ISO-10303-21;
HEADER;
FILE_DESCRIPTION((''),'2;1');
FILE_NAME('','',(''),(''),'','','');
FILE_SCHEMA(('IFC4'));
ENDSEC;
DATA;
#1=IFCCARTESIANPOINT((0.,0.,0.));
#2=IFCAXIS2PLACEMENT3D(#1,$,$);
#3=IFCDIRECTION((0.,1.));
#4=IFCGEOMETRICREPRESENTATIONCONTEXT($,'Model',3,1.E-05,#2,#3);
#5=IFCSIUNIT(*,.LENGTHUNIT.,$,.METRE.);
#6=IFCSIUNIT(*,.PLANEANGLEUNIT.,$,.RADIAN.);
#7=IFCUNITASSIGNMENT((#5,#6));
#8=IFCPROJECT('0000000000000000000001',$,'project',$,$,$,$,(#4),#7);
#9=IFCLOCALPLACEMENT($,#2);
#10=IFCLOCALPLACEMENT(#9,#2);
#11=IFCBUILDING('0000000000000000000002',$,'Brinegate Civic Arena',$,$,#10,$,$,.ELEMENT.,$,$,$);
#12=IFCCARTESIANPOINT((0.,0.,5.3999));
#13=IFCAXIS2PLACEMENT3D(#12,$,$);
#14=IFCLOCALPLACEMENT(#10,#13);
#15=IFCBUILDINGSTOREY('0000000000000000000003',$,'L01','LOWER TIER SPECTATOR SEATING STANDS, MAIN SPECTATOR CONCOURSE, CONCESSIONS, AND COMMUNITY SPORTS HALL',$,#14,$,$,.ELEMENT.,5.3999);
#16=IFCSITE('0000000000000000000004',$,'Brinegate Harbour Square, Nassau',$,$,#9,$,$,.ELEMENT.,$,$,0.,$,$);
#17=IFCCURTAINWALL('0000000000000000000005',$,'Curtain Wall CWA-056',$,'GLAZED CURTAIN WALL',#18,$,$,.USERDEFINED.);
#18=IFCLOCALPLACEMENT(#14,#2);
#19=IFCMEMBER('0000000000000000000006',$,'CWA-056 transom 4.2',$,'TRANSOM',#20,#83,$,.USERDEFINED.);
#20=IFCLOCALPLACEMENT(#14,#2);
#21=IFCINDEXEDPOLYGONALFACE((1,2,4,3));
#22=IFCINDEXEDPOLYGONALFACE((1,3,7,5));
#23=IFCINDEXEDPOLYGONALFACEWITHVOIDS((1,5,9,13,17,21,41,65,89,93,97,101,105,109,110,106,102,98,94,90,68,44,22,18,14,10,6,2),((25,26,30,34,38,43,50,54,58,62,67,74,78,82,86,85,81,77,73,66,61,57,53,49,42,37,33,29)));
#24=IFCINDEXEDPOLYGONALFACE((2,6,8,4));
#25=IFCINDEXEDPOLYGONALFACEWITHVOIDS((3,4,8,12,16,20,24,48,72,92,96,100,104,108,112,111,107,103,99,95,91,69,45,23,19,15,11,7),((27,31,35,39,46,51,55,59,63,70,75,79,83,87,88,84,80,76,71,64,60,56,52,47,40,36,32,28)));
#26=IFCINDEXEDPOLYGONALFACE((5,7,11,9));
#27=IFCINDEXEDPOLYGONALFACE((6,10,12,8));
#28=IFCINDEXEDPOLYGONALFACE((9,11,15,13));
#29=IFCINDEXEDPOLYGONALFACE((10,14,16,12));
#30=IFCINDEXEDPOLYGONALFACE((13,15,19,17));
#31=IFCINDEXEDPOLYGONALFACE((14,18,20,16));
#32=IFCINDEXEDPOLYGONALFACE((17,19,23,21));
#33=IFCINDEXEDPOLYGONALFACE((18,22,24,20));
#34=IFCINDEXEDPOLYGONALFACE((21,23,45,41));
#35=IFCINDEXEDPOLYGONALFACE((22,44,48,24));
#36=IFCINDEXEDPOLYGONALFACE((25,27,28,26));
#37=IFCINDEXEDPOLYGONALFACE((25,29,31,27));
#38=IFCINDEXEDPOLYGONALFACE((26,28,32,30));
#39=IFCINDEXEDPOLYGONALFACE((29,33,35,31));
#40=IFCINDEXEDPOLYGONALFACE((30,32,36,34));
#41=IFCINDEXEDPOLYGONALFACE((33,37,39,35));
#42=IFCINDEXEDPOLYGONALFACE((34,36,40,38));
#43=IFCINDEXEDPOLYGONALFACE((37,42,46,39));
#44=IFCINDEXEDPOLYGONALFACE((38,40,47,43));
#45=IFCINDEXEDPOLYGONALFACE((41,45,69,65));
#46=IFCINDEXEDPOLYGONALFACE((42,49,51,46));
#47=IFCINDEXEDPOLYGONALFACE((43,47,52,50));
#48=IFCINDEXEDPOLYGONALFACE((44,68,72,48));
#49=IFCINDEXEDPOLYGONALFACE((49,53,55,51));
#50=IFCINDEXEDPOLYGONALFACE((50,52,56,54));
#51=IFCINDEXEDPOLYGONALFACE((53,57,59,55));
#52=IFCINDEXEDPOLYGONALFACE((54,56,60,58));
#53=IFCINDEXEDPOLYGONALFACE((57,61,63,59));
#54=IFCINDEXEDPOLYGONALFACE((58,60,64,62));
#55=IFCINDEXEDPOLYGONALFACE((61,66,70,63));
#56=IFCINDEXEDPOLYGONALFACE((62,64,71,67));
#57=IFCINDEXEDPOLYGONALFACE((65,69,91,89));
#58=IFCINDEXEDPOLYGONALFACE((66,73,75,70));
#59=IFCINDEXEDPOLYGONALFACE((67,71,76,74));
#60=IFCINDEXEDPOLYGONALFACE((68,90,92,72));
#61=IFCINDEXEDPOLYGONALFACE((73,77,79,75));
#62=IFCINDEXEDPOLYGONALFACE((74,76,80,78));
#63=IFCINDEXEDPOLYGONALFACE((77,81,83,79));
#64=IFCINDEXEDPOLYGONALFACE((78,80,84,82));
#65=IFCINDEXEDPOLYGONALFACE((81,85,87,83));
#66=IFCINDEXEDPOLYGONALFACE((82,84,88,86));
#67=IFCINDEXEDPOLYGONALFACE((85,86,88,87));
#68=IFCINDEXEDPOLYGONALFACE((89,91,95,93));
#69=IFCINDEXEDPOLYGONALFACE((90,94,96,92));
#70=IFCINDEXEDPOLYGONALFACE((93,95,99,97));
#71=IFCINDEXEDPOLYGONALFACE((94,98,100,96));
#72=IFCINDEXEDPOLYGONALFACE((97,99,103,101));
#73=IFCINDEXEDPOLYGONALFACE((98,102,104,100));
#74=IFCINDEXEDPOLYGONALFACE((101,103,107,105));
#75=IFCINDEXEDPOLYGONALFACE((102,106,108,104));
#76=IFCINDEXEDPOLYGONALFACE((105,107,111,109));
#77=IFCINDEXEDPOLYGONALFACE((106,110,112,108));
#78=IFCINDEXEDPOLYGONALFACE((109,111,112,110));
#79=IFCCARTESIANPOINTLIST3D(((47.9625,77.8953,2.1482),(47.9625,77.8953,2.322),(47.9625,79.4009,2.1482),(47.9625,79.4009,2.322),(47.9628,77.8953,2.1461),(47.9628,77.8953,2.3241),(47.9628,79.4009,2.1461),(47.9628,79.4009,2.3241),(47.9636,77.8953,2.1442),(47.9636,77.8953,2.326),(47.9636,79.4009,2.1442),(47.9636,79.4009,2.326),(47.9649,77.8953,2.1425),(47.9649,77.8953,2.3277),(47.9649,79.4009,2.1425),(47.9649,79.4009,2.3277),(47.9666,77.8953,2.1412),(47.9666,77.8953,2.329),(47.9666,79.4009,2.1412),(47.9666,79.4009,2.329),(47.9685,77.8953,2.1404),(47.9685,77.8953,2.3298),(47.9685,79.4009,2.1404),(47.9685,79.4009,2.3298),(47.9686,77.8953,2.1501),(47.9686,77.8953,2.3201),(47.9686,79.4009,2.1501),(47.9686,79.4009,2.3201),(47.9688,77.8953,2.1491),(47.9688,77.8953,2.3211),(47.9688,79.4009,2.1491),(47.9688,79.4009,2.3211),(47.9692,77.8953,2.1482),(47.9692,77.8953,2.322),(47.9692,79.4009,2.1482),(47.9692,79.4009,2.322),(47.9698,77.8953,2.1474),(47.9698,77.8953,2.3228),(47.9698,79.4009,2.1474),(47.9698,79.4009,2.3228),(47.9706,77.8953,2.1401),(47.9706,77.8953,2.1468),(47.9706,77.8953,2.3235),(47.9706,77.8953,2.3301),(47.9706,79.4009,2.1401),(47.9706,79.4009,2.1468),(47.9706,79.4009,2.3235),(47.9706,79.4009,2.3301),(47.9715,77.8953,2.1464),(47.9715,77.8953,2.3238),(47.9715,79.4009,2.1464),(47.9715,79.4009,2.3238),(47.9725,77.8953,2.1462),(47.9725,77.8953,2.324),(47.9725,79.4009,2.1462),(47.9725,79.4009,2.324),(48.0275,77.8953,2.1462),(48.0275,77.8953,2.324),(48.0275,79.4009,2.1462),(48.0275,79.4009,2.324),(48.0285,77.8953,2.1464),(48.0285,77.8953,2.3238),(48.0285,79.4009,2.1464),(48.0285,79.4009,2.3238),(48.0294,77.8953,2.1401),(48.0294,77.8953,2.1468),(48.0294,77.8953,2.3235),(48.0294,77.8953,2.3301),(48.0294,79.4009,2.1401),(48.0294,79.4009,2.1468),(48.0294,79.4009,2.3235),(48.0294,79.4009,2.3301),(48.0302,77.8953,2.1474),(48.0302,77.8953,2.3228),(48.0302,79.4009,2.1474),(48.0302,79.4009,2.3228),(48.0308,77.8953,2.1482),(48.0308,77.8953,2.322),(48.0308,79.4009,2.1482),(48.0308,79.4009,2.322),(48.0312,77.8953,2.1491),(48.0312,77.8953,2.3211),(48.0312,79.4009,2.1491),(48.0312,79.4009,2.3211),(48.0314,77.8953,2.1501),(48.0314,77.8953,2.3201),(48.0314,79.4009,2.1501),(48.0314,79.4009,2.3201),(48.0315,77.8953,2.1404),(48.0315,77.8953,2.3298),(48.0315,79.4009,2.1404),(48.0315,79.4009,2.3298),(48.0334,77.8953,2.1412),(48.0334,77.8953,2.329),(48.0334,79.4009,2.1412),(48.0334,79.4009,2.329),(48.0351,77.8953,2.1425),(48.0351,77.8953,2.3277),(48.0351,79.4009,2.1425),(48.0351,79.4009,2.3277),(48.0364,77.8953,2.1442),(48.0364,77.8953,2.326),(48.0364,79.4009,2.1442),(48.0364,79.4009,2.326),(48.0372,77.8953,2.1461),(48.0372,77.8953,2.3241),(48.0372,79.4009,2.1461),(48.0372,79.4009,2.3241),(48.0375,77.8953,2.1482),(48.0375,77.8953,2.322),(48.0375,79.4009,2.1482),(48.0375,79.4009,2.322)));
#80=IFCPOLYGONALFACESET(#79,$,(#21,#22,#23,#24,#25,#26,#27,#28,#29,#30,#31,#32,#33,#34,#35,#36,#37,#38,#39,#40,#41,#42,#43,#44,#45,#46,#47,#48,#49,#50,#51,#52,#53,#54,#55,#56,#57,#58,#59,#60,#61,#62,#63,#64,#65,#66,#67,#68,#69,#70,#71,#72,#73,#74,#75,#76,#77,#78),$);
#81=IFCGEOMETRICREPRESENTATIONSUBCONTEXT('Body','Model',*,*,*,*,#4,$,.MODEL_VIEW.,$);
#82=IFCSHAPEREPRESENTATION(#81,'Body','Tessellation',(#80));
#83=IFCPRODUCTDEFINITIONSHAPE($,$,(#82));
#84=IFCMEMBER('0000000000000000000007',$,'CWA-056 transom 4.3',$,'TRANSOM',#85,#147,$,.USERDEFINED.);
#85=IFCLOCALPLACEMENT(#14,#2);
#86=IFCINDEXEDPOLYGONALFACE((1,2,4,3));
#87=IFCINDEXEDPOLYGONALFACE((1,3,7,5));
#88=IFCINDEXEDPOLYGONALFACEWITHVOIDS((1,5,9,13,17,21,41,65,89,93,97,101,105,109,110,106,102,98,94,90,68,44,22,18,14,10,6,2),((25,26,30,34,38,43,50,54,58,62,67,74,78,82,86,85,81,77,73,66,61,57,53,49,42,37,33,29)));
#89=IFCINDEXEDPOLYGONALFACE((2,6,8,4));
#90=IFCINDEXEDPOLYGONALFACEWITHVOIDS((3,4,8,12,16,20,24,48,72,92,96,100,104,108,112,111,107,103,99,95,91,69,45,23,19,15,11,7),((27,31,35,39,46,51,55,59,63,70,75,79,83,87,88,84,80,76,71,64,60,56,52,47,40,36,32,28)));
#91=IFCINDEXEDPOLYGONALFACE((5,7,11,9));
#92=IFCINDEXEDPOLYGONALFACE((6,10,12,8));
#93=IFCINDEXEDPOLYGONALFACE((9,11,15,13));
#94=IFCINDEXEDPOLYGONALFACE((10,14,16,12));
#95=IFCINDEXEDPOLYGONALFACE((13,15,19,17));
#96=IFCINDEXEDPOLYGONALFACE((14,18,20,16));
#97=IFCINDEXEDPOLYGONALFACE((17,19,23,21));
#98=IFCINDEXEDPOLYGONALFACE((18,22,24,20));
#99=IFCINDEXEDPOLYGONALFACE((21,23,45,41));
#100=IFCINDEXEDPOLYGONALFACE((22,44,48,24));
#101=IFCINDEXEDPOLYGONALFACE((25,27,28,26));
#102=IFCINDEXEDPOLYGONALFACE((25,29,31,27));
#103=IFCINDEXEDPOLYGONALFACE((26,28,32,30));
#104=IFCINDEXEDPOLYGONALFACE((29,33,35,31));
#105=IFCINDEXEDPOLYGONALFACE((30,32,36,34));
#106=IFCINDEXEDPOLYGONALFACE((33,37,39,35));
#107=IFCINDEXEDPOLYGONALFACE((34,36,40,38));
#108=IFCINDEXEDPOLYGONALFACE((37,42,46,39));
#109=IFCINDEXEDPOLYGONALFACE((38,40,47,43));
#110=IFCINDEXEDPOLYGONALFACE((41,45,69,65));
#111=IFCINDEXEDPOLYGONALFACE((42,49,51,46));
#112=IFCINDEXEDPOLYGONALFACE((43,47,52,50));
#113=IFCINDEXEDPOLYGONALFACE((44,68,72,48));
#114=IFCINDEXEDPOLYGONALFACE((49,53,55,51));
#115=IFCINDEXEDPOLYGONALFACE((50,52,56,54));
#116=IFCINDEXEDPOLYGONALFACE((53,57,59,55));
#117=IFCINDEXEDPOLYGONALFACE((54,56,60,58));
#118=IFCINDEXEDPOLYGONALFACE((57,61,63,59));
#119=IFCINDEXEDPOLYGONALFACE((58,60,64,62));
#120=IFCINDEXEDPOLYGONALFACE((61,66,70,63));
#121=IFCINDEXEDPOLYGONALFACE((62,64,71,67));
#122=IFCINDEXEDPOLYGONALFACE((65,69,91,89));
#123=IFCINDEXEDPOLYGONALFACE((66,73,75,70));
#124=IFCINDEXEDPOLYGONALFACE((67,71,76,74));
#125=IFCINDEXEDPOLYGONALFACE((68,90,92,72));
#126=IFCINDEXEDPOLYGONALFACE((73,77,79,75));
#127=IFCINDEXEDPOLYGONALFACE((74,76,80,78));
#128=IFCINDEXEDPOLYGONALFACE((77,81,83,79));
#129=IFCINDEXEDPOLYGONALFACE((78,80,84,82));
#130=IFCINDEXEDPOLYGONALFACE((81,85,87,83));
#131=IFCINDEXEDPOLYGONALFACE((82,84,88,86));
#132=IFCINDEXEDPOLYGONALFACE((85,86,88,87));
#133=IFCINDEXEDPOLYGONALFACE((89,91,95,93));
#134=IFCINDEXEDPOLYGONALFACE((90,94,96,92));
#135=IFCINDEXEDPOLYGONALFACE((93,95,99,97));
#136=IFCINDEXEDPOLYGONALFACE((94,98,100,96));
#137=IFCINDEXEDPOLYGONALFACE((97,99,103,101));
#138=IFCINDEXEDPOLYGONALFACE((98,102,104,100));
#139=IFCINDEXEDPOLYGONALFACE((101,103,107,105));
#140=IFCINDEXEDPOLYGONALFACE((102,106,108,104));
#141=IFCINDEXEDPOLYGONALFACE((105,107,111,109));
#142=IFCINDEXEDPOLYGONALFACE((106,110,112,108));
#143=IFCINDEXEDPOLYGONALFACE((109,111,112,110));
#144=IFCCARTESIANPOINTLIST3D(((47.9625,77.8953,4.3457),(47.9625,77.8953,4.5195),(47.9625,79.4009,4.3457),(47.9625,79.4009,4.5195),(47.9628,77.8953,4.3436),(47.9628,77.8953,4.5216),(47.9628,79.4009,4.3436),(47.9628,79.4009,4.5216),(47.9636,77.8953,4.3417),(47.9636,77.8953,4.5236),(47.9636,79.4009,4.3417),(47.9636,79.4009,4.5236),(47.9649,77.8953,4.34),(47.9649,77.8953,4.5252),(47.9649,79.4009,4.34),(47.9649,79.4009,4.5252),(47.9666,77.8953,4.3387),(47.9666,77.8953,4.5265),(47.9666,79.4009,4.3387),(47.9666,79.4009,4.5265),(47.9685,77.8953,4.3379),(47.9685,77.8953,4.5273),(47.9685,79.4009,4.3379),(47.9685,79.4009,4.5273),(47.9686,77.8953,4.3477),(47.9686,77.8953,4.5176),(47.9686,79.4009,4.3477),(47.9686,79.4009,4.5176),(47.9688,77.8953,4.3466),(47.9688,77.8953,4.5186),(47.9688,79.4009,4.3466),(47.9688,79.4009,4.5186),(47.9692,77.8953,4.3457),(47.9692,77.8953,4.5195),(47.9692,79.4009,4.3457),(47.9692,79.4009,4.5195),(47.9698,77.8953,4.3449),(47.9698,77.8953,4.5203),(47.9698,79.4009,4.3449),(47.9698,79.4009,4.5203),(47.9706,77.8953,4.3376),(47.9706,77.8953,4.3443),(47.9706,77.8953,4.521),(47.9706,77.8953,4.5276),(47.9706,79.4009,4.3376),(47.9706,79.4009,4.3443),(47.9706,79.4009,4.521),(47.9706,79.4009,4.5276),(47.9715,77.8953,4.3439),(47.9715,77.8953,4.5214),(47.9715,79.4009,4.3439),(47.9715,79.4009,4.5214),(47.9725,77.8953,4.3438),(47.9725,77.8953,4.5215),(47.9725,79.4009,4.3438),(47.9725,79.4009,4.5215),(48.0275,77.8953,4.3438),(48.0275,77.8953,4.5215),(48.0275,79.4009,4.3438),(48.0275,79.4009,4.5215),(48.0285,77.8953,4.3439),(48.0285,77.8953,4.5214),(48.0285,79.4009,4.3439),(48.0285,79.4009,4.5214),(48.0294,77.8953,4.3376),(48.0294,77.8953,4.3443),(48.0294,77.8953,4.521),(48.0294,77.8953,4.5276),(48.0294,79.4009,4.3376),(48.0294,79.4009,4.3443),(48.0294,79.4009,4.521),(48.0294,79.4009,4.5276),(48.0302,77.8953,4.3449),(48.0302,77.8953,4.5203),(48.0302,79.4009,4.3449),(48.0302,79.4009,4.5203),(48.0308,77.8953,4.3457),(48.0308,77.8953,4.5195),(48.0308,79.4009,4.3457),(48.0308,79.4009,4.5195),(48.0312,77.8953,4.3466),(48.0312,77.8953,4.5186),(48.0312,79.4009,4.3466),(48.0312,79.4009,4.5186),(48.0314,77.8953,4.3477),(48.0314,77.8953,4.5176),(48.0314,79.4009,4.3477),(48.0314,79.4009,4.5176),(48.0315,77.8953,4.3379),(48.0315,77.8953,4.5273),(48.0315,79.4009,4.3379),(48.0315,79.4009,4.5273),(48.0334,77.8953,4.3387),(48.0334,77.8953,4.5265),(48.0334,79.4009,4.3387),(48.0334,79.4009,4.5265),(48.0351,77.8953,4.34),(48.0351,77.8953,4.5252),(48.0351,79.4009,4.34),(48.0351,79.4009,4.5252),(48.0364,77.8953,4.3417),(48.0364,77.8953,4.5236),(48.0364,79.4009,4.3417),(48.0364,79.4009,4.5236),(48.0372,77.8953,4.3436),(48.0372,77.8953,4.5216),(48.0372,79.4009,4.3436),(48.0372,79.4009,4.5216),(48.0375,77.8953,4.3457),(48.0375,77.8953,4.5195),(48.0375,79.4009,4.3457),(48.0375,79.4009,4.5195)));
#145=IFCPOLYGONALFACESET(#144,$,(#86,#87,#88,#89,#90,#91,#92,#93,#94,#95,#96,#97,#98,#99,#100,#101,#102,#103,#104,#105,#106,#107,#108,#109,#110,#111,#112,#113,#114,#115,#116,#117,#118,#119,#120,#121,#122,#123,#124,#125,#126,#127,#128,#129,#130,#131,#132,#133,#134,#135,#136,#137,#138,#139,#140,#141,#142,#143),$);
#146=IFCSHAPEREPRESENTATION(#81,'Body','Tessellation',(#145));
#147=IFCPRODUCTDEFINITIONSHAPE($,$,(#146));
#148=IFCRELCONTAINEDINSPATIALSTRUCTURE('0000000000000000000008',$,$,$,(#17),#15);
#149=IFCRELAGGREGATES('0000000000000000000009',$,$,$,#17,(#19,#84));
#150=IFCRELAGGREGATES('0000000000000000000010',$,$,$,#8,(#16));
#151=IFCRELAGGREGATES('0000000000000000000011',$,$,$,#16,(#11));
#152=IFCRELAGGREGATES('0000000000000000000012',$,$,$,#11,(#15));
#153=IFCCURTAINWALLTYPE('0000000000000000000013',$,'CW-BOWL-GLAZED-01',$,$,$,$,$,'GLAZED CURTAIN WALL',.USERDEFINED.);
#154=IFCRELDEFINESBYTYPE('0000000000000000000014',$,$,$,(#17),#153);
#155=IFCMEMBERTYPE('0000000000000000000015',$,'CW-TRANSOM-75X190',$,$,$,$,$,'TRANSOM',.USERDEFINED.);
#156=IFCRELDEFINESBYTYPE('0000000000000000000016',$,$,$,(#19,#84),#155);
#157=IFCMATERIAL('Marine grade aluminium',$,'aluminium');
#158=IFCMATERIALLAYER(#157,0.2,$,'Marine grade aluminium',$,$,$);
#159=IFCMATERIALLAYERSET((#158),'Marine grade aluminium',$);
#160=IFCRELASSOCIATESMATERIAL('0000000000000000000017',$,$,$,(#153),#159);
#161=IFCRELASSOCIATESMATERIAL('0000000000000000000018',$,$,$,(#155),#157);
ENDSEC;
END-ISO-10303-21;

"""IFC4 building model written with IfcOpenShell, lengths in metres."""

from ifc_helpers import new_model, si_unit, direction, frame, origin, origin_2d, place, context, subcontext, project, spatial, hollow_rectangle, extrude, material, layer, layer_set, material_profile, profile_set, type_object, element, aggregate, save


model = new_model("IFC4")

# Units and contexts
model_context = context("Model", 3, precision=1e-05, world=origin(), true_north=direction((0.0, 1.0)))
body_context = subcontext(model_context, "Body", "Model", "MODEL_VIEW")
ifc_project = project(units=[si_unit("LENGTHUNIT", "METRE"), si_unit("PLANEANGLEUNIT", "RADIAN")], contexts=[model_context])

# Site, building, storey
site_placement = place(None, origin())
site = spatial("IfcSite", under=ifc_project, at=site_placement, Name="Brinegate Harbour Square, Nassau", CompositionType="ELEMENT", RefElevation=0.0)
building_placement = place(site_placement, origin())
building = spatial("IfcBuilding", under=site, at=building_placement, Name="Brinegate Civic Arena", CompositionType="ELEMENT")
storey_placement = place(building_placement, frame((0.0, 0.0, 5.3999)))
storey = spatial("IfcBuildingStorey", under=building, at=storey_placement, Name="L01", Description="LOWER TIER SPECTATOR SEATING STANDS, MAIN SPECTATOR CONCOURSE, CONCESSIONS, AND COMMUNITY SPORTS HALL", CompositionType="ELEMENT", Elevation=5.3999)

# Shared definitions
ifc_material_1 = material(Name="Marine grade aluminium", Category="aluminium")
ifc_layer_1 = layer(ifc_material_1, 0.2, Name="Marine grade aluminium")
ifc_layer_set_1 = layer_set([ifc_layer_1], Name="Marine grade aluminium")
curtain_wall_type = type_object("IfcCurtainWallType", Name="CW-BOWL-GLAZED-01", ElementType="GLAZED CURTAIN WALL", PredefinedType="USERDEFINED", material=ifc_layer_set_1)

# Curtain wall
curtain_wall_1_placement = place(storey_placement, origin())
curtain_wall_1 = element("IfcCurtainWall", 1, at=curtain_wall_1_placement, inside=storey, type_object=curtain_wall_type, Name="Curtain Wall CWA-056", ObjectType="GLAZED CURTAIN WALL", PredefinedType="USERDEFINED")

# Members
ifc_material_profile_1 = material_profile(ifc_material_1, hollow_rectangle(XDim=0.075, YDim=0.1899, WallThickness=0.0061, InnerFilletRadius=0.0039, OuterFilletRadius=0.0081, at=origin_2d()), Name="TRN75X190")
ifc_profile_set_1 = profile_set([ifc_material_profile_1], Name="Marine grade aluminium")
member_type_1 = type_object("IfcMemberType", Name="CW-TRANSOM-75X190", ElementType="TRANSOM", PredefinedType="USERDEFINED", material=ifc_profile_set_1)
member_1_placement = place(storey_placement, frame((48.0, 77.8953, 2.2351), z_axis=(0.0, 1.0, 0.0), x_axis=(-1.0, 0.0, 0.0)))
member_1 = element("IfcMember", 2, at=member_1_placement, type_object=member_type_1, Name="CWA-056 transom 4.2", ObjectType="TRANSOM", PredefinedType="USERDEFINED", context=body_context, shape_type="SweptSolid", body=[
    extrude(hollow_rectangle(XDim=0.075, YDim=0.1899, WallThickness=0.0061, InnerFilletRadius=0.0039, OuterFilletRadius=0.0081, at=origin_2d()), origin(), (0.0, 0.0, 1.0), 1.5056),
])
member_2_placement = place(storey_placement, frame((48.0, 77.8953, 4.4326), z_axis=(0.0, 1.0, 0.0), x_axis=(-1.0, 0.0, 0.0)))
member_2 = element("IfcMember", 3, at=member_2_placement, type_object=member_type_1, Name="CWA-056 transom 4.3", ObjectType="TRANSOM", PredefinedType="USERDEFINED", context=body_context, shape_type="SweptSolid", body=[
    extrude(hollow_rectangle(XDim=0.075, YDim=0.1899, WallThickness=0.0061, InnerFilletRadius=0.0039, OuterFilletRadius=0.0081, at=origin_2d()), origin(), (0.0, 0.0, 1.0), 1.5056),
])

aggregate(curtain_wall_1, [member_1, member_2])

save(model, "model.ifc")
